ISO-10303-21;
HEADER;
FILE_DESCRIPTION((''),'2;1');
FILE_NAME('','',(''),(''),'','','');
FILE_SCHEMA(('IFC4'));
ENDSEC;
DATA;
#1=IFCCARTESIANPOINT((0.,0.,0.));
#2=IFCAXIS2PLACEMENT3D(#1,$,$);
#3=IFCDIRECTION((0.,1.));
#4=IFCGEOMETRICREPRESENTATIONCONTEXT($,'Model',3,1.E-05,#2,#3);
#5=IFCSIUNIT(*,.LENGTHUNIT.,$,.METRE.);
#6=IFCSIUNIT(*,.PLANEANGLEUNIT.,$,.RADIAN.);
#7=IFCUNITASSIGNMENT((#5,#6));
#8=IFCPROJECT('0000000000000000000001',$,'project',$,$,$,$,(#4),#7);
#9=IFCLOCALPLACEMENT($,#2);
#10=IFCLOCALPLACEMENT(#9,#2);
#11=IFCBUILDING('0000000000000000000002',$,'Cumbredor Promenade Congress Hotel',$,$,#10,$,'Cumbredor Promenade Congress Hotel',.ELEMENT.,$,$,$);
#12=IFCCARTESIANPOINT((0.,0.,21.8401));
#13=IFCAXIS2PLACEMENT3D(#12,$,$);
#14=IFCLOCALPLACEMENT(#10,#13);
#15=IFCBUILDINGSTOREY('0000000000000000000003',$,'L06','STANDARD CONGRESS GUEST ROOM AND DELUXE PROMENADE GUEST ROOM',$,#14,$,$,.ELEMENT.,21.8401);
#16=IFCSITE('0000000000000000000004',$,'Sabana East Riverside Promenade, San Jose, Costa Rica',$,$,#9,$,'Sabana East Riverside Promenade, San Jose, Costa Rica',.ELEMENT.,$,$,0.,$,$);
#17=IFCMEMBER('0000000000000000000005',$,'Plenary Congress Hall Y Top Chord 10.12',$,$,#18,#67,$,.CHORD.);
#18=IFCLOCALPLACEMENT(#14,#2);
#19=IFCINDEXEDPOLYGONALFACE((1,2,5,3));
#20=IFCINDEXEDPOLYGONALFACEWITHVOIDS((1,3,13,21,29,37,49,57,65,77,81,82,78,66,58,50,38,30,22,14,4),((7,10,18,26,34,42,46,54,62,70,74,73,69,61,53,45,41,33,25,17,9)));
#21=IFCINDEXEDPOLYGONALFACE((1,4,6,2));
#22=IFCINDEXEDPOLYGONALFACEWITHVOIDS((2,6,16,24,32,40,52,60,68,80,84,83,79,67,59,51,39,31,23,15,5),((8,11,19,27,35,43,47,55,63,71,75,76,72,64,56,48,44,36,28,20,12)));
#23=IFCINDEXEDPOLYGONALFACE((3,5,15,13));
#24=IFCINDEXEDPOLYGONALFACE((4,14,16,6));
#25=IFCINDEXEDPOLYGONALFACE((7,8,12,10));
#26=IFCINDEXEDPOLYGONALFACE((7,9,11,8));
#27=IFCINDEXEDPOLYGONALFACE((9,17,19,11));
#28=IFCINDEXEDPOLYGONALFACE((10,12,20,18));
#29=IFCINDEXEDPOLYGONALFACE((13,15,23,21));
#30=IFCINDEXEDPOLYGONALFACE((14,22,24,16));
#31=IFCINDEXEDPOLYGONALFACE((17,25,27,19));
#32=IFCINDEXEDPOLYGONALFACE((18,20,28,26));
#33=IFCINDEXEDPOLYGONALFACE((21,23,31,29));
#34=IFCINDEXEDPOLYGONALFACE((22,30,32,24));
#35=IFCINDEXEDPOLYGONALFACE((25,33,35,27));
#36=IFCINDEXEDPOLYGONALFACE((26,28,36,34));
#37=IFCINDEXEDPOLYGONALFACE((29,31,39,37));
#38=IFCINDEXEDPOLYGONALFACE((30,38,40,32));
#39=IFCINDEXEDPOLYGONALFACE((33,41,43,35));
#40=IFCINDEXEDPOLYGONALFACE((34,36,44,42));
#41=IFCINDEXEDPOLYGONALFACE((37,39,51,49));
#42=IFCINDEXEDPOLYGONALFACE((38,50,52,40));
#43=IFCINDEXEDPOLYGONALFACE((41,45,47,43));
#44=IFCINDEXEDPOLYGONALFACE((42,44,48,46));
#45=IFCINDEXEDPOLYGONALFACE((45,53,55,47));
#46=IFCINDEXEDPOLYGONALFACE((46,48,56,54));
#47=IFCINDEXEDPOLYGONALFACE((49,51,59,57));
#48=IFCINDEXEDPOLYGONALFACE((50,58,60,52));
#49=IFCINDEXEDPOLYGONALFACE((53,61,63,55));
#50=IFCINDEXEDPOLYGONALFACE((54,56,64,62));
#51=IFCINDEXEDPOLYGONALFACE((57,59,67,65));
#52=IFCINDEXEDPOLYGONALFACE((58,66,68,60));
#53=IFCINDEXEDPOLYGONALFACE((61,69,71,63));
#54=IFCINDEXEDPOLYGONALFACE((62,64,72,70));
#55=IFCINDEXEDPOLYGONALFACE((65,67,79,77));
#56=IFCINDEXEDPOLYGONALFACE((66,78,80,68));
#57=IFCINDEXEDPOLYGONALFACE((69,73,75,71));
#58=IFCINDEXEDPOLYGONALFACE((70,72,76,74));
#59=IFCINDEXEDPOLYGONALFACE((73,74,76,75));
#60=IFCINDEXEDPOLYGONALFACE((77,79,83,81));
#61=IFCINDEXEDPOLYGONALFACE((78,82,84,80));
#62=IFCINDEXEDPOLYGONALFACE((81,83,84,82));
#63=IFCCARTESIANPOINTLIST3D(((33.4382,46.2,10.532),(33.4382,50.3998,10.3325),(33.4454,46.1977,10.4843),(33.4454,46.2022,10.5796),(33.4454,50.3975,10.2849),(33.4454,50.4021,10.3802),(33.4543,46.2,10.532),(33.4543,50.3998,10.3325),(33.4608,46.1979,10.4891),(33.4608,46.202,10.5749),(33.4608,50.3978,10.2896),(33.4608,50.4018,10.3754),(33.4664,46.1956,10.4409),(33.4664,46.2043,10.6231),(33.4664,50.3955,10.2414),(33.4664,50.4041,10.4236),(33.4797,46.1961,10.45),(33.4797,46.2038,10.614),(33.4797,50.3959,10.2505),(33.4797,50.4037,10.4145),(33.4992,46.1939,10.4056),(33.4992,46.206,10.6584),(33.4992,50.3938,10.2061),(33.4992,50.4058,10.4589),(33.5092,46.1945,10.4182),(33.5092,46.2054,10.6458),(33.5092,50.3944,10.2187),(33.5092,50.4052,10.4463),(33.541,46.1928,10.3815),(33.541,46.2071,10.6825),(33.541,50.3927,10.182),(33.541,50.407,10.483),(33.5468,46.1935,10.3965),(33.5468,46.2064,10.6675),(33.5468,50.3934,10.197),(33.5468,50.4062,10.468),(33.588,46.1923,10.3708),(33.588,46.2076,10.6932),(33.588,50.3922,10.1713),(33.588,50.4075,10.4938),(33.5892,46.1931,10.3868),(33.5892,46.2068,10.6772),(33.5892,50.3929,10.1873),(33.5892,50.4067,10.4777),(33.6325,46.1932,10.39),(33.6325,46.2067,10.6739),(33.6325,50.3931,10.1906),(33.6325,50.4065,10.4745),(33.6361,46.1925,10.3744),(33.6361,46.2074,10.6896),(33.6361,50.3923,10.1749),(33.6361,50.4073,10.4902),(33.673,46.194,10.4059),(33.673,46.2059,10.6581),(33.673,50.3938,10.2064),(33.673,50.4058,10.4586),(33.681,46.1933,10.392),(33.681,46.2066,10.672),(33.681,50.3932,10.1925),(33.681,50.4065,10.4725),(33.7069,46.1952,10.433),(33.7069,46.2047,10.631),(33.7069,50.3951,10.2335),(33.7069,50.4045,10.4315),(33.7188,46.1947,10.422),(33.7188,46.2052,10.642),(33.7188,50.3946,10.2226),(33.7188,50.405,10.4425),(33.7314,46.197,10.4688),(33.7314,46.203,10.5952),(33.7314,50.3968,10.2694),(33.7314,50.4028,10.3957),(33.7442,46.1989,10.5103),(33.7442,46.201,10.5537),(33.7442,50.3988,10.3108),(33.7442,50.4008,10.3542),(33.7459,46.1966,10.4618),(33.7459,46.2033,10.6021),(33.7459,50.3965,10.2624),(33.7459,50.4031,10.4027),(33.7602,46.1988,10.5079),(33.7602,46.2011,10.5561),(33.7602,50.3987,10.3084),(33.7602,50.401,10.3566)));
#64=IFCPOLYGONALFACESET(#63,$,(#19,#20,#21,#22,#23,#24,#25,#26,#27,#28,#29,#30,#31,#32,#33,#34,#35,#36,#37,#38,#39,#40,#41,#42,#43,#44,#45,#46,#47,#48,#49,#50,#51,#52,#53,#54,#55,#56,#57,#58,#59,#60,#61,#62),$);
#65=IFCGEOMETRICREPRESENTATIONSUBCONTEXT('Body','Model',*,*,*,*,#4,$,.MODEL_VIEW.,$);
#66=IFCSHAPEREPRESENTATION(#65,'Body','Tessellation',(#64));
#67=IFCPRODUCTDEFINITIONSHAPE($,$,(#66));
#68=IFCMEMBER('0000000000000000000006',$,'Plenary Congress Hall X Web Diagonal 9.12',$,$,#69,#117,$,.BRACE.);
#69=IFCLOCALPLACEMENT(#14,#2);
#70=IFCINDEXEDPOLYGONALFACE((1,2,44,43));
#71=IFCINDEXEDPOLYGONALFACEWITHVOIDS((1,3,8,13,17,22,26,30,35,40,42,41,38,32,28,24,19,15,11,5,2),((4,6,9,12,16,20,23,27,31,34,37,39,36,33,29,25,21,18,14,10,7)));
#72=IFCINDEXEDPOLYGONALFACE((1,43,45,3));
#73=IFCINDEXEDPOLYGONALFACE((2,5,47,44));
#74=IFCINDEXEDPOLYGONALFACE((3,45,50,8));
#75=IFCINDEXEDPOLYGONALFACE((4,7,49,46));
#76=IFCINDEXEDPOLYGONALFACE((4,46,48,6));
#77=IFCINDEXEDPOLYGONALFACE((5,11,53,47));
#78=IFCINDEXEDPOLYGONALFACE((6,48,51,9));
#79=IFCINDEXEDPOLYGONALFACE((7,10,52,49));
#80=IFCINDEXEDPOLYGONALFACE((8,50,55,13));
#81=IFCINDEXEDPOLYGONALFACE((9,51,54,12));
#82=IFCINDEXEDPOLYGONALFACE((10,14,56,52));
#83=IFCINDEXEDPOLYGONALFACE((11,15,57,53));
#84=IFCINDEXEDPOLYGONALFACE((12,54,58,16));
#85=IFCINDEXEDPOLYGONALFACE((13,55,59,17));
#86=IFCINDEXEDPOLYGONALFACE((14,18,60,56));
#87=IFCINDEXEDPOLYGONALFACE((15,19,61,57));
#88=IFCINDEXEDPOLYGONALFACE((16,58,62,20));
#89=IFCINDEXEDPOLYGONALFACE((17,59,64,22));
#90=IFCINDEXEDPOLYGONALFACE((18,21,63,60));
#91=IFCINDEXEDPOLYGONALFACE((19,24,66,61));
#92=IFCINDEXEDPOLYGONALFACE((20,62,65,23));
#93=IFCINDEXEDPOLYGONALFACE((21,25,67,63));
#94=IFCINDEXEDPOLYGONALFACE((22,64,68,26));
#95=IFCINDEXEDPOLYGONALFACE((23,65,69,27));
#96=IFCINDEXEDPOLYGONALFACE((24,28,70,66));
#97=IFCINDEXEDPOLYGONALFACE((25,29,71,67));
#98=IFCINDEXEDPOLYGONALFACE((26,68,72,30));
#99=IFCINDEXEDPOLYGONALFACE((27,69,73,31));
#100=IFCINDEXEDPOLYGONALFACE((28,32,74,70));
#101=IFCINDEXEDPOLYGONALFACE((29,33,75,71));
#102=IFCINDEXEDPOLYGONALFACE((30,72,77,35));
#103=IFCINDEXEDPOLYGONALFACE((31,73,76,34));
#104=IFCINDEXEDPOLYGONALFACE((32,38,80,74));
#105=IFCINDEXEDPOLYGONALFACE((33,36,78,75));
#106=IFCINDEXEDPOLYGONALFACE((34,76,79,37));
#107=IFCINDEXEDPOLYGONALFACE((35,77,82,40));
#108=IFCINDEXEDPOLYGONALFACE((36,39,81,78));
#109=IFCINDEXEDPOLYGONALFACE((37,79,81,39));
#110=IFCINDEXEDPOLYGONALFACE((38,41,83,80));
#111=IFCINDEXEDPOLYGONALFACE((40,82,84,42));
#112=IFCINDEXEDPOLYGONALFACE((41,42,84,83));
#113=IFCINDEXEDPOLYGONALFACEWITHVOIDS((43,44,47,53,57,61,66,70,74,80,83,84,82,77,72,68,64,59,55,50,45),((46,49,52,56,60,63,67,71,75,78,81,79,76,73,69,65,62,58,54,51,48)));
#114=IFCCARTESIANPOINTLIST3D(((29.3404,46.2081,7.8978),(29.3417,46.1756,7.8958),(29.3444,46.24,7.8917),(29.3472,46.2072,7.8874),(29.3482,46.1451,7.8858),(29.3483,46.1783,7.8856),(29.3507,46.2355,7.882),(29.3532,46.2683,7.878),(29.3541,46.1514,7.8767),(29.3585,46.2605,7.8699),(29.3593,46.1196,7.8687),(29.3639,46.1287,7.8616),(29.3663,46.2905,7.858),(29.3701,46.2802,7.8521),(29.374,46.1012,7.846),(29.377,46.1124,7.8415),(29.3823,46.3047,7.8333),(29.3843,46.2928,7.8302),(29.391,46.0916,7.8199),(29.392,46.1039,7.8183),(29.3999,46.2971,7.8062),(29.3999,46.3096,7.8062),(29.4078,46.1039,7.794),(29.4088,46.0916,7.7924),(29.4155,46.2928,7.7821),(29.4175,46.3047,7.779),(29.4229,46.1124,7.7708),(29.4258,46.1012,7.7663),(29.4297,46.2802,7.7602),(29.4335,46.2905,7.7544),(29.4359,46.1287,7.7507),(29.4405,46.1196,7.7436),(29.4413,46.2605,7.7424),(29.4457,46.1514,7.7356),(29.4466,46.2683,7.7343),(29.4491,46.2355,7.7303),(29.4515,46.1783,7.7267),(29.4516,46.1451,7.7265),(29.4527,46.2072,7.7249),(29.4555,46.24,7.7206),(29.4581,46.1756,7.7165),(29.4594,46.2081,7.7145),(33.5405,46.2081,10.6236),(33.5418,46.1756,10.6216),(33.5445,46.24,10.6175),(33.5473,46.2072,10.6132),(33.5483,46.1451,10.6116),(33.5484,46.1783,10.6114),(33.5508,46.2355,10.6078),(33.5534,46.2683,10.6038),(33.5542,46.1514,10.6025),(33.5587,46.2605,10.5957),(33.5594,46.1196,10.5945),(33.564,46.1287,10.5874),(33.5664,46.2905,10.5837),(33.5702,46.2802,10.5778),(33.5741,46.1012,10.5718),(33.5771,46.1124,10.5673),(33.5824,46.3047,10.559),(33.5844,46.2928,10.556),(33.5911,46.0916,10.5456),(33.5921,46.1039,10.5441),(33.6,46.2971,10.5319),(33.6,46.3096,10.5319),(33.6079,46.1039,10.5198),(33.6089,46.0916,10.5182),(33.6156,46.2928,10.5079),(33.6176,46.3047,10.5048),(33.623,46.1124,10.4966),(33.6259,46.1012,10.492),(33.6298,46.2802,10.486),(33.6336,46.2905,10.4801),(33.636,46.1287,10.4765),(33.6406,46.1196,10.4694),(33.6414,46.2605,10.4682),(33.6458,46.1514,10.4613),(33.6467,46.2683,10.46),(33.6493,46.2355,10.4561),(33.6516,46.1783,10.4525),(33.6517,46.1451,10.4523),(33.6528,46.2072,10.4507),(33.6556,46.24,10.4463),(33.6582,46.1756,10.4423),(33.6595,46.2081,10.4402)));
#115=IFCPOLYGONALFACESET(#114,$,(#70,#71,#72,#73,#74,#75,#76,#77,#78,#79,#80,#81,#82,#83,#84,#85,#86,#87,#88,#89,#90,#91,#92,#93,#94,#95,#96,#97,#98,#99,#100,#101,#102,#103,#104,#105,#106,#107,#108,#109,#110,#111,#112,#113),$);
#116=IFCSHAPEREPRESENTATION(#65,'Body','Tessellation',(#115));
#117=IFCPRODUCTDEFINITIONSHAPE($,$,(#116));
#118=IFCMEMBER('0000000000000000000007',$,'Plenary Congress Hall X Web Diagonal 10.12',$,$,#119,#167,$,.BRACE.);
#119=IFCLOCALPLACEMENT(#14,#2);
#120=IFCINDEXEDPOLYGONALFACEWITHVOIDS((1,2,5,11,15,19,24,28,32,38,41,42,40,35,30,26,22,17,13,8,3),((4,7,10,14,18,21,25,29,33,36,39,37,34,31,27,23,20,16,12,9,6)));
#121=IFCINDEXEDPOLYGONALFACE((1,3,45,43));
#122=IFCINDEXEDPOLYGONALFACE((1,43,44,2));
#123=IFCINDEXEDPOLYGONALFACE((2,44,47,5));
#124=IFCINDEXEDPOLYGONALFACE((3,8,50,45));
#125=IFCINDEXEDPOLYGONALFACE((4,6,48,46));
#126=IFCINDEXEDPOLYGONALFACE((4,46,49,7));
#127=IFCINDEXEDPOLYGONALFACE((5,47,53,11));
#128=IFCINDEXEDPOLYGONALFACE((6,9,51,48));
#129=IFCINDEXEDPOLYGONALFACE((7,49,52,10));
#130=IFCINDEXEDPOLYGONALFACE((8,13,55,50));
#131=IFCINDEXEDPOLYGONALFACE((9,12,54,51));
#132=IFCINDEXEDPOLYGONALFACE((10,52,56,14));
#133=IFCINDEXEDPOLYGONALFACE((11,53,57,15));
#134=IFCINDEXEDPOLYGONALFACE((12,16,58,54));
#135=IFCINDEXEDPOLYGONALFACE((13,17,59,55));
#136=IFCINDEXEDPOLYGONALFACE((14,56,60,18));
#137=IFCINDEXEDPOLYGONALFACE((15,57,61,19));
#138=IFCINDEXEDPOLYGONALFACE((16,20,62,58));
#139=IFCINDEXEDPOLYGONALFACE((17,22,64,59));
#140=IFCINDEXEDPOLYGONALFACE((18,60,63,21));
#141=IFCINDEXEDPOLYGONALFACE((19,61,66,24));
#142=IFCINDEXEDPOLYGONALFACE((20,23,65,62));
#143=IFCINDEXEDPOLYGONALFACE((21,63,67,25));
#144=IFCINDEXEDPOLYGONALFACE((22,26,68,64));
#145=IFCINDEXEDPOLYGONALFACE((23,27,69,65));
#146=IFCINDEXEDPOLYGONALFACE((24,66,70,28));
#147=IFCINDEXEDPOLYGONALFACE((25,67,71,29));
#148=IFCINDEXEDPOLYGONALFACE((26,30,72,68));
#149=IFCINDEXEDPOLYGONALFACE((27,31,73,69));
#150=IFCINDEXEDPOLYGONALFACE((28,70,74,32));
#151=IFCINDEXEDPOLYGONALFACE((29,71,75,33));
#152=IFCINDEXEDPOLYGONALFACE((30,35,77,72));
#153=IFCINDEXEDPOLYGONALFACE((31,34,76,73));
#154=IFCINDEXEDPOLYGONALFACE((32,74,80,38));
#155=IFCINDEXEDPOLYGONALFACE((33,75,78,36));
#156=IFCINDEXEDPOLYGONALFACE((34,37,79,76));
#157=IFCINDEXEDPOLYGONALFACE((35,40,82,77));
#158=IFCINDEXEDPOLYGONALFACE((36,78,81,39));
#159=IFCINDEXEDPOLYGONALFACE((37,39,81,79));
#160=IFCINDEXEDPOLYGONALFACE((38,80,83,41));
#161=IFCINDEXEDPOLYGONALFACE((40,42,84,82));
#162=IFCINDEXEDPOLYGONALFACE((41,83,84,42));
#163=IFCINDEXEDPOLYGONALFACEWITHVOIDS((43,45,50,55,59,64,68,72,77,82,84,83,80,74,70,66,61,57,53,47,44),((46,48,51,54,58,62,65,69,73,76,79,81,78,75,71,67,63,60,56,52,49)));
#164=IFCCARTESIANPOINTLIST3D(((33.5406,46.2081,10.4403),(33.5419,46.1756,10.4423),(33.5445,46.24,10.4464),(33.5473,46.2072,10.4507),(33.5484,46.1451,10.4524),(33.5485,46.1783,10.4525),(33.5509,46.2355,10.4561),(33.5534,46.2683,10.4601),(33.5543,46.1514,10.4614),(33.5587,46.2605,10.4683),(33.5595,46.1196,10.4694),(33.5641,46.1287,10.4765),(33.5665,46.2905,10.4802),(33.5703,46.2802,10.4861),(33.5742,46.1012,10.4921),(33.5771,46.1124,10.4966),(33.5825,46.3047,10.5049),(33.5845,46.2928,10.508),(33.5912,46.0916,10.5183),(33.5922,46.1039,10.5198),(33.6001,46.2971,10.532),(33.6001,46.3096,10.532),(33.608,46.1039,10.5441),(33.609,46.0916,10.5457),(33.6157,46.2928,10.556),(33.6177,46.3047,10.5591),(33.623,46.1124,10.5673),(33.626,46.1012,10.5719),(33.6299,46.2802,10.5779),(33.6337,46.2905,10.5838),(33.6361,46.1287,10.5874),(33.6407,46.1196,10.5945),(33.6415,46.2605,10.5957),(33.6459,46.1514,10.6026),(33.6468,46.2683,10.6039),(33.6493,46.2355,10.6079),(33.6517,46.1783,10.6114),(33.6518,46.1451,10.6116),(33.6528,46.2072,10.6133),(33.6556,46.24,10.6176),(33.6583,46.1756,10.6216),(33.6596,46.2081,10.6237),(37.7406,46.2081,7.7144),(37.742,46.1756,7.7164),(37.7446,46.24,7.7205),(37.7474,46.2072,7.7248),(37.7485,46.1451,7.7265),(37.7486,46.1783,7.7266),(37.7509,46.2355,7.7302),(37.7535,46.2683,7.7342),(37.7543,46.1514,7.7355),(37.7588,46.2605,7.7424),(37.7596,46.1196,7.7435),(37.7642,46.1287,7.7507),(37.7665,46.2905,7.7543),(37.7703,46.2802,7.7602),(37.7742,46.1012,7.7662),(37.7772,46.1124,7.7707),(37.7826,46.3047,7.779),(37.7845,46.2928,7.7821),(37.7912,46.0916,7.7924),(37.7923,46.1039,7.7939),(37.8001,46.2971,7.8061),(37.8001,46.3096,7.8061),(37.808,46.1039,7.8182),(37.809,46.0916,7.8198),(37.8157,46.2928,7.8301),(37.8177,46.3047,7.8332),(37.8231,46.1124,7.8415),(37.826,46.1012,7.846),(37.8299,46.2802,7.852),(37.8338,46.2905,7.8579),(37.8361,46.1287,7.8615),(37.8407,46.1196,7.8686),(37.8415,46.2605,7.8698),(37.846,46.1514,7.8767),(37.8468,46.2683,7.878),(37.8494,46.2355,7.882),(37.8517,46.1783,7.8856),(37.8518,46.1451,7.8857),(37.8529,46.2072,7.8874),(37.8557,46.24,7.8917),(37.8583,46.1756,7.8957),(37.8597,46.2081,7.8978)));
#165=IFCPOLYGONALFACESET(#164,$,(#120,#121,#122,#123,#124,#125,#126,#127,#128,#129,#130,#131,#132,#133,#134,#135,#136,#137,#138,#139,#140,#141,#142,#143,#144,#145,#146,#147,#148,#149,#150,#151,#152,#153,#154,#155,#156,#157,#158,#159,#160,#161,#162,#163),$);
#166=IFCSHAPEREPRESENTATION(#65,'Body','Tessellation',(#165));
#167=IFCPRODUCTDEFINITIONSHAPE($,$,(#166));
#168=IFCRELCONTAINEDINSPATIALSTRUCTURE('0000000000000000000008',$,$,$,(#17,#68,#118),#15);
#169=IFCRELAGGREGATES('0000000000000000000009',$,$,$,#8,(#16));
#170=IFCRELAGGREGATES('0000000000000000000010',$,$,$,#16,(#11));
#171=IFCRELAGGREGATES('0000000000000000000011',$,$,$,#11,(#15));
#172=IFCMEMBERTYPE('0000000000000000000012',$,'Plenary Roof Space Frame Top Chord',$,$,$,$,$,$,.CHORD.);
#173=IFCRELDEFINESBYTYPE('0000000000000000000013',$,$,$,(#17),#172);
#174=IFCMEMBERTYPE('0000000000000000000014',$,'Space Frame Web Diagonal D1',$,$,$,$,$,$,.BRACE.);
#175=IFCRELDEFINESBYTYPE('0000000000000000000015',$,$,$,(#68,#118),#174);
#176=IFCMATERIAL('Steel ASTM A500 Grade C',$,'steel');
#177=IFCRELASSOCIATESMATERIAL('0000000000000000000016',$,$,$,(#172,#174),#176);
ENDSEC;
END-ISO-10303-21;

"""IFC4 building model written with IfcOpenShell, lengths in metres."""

from ifc_helpers import new_model, si_unit, direction, frame, origin, origin_2d, place, context, subcontext, project, spatial, hollow_circle, extrude, material, material_profile, profile_set, type_object, element, save


model = new_model("IFC4")

# Units and contexts
model_context = context("Model", 3, precision=1e-05, world=origin(), true_north=direction((0.0, 1.0)))
body_context = subcontext(model_context, "Body", "Model", "MODEL_VIEW")
ifc_project = project(units=[si_unit("LENGTHUNIT", "METRE"), si_unit("PLANEANGLEUNIT", "RADIAN")], contexts=[model_context])

# Site, building, storey
site_placement = place(None, origin())
site = spatial("IfcSite", under=ifc_project, at=site_placement, Name="Sabana East Riverside Promenade, San Jose, Costa Rica", LongName="Sabana East Riverside Promenade, San Jose, Costa Rica", CompositionType="ELEMENT", RefElevation=0.0)
building_placement = place(site_placement, origin())
building = spatial("IfcBuilding", under=site, at=building_placement, Name="Cumbredor Promenade Congress Hotel", LongName="Cumbredor Promenade Congress Hotel", CompositionType="ELEMENT")
storey_placement = place(building_placement, frame((0.0, 0.0, 21.8401)))
storey = spatial("IfcBuildingStorey", under=building, at=storey_placement, Name="L06", Description="STANDARD CONGRESS GUEST ROOM AND DELUXE PROMENADE GUEST ROOM", CompositionType="ELEMENT", Elevation=21.8401)

# Members
ifc_material_1 = material(Name="Steel ASTM A500 Grade C", Category="steel")
ifc_material_profile_1 = material_profile(ifc_material_1, hollow_circle(Radius=0.1619, WallThickness=0.0161, at=origin_2d()), Name="CHS 323.9x16")
ifc_profile_set_1 = profile_set([ifc_material_profile_1], Name="Steel ASTM A500 Grade C")
member_type_1 = type_object("IfcMemberType", Name="Plenary Roof Space Frame Top Chord", PredefinedType="CHORD", material=ifc_profile_set_1)
member_1_placement = place(storey_placement, frame((33.6001, 46.2, 10.532), z_axis=(0.0, 0.998874, -0.047438), x_axis=(-1.0, 0.0, 0.0)))
element("IfcMember", 1, at=member_1_placement, inside=storey, type_object=member_type_1, Name="Plenary Congress Hall Y Top Chord 10.12", PredefinedType="CHORD", context=body_context, shape_type="SweptSolid", body=[
    extrude(hollow_circle(Radius=0.1619, WallThickness=0.0161, at=origin_2d()), origin(), (0.0, 0.0, 1.0), 4.2046),
])
ifc_material_profile_2 = material_profile(ifc_material_1, hollow_circle(Radius=0.1096, WallThickness=0.0125, at=origin_2d()), Name="CHS 219.1x12.5")
ifc_profile_set_2 = profile_set([ifc_material_profile_2], Name="Steel ASTM A500 Grade C")
member_type_2 = type_object("IfcMemberType", Name="Space Frame Web Diagonal D1", PredefinedType="BRACE", material=ifc_profile_set_2)
for number, where, z_axis, x_axis, name in (
    (2, (29.3999, 46.2, 7.8062), (0.838836, 0.0, 0.544385), (0.0, 1.0, 0.0), "Plenary Congress Hall X Web Diagonal 9.12"),
    (3, (33.6001, 46.2, 10.532), (0.838821, 0.0, -0.544407), (0.0, 1.0, 0.0), "Plenary Congress Hall X Web Diagonal 10.12"),
):
    element("IfcMember", number, at=place(storey_placement, frame(where, z_axis=z_axis, x_axis=x_axis)), inside=storey, type_object=member_type_2, Name=name, PredefinedType="BRACE", context=body_context, shape_type="SweptSolid", body=[
        extrude(hollow_circle(Radius=0.1096, WallThickness=0.0125, at=origin_2d()), origin(), (0.0, 0.0, 1.0), 5.0071),
    ])

save(model, "model.ifc")
